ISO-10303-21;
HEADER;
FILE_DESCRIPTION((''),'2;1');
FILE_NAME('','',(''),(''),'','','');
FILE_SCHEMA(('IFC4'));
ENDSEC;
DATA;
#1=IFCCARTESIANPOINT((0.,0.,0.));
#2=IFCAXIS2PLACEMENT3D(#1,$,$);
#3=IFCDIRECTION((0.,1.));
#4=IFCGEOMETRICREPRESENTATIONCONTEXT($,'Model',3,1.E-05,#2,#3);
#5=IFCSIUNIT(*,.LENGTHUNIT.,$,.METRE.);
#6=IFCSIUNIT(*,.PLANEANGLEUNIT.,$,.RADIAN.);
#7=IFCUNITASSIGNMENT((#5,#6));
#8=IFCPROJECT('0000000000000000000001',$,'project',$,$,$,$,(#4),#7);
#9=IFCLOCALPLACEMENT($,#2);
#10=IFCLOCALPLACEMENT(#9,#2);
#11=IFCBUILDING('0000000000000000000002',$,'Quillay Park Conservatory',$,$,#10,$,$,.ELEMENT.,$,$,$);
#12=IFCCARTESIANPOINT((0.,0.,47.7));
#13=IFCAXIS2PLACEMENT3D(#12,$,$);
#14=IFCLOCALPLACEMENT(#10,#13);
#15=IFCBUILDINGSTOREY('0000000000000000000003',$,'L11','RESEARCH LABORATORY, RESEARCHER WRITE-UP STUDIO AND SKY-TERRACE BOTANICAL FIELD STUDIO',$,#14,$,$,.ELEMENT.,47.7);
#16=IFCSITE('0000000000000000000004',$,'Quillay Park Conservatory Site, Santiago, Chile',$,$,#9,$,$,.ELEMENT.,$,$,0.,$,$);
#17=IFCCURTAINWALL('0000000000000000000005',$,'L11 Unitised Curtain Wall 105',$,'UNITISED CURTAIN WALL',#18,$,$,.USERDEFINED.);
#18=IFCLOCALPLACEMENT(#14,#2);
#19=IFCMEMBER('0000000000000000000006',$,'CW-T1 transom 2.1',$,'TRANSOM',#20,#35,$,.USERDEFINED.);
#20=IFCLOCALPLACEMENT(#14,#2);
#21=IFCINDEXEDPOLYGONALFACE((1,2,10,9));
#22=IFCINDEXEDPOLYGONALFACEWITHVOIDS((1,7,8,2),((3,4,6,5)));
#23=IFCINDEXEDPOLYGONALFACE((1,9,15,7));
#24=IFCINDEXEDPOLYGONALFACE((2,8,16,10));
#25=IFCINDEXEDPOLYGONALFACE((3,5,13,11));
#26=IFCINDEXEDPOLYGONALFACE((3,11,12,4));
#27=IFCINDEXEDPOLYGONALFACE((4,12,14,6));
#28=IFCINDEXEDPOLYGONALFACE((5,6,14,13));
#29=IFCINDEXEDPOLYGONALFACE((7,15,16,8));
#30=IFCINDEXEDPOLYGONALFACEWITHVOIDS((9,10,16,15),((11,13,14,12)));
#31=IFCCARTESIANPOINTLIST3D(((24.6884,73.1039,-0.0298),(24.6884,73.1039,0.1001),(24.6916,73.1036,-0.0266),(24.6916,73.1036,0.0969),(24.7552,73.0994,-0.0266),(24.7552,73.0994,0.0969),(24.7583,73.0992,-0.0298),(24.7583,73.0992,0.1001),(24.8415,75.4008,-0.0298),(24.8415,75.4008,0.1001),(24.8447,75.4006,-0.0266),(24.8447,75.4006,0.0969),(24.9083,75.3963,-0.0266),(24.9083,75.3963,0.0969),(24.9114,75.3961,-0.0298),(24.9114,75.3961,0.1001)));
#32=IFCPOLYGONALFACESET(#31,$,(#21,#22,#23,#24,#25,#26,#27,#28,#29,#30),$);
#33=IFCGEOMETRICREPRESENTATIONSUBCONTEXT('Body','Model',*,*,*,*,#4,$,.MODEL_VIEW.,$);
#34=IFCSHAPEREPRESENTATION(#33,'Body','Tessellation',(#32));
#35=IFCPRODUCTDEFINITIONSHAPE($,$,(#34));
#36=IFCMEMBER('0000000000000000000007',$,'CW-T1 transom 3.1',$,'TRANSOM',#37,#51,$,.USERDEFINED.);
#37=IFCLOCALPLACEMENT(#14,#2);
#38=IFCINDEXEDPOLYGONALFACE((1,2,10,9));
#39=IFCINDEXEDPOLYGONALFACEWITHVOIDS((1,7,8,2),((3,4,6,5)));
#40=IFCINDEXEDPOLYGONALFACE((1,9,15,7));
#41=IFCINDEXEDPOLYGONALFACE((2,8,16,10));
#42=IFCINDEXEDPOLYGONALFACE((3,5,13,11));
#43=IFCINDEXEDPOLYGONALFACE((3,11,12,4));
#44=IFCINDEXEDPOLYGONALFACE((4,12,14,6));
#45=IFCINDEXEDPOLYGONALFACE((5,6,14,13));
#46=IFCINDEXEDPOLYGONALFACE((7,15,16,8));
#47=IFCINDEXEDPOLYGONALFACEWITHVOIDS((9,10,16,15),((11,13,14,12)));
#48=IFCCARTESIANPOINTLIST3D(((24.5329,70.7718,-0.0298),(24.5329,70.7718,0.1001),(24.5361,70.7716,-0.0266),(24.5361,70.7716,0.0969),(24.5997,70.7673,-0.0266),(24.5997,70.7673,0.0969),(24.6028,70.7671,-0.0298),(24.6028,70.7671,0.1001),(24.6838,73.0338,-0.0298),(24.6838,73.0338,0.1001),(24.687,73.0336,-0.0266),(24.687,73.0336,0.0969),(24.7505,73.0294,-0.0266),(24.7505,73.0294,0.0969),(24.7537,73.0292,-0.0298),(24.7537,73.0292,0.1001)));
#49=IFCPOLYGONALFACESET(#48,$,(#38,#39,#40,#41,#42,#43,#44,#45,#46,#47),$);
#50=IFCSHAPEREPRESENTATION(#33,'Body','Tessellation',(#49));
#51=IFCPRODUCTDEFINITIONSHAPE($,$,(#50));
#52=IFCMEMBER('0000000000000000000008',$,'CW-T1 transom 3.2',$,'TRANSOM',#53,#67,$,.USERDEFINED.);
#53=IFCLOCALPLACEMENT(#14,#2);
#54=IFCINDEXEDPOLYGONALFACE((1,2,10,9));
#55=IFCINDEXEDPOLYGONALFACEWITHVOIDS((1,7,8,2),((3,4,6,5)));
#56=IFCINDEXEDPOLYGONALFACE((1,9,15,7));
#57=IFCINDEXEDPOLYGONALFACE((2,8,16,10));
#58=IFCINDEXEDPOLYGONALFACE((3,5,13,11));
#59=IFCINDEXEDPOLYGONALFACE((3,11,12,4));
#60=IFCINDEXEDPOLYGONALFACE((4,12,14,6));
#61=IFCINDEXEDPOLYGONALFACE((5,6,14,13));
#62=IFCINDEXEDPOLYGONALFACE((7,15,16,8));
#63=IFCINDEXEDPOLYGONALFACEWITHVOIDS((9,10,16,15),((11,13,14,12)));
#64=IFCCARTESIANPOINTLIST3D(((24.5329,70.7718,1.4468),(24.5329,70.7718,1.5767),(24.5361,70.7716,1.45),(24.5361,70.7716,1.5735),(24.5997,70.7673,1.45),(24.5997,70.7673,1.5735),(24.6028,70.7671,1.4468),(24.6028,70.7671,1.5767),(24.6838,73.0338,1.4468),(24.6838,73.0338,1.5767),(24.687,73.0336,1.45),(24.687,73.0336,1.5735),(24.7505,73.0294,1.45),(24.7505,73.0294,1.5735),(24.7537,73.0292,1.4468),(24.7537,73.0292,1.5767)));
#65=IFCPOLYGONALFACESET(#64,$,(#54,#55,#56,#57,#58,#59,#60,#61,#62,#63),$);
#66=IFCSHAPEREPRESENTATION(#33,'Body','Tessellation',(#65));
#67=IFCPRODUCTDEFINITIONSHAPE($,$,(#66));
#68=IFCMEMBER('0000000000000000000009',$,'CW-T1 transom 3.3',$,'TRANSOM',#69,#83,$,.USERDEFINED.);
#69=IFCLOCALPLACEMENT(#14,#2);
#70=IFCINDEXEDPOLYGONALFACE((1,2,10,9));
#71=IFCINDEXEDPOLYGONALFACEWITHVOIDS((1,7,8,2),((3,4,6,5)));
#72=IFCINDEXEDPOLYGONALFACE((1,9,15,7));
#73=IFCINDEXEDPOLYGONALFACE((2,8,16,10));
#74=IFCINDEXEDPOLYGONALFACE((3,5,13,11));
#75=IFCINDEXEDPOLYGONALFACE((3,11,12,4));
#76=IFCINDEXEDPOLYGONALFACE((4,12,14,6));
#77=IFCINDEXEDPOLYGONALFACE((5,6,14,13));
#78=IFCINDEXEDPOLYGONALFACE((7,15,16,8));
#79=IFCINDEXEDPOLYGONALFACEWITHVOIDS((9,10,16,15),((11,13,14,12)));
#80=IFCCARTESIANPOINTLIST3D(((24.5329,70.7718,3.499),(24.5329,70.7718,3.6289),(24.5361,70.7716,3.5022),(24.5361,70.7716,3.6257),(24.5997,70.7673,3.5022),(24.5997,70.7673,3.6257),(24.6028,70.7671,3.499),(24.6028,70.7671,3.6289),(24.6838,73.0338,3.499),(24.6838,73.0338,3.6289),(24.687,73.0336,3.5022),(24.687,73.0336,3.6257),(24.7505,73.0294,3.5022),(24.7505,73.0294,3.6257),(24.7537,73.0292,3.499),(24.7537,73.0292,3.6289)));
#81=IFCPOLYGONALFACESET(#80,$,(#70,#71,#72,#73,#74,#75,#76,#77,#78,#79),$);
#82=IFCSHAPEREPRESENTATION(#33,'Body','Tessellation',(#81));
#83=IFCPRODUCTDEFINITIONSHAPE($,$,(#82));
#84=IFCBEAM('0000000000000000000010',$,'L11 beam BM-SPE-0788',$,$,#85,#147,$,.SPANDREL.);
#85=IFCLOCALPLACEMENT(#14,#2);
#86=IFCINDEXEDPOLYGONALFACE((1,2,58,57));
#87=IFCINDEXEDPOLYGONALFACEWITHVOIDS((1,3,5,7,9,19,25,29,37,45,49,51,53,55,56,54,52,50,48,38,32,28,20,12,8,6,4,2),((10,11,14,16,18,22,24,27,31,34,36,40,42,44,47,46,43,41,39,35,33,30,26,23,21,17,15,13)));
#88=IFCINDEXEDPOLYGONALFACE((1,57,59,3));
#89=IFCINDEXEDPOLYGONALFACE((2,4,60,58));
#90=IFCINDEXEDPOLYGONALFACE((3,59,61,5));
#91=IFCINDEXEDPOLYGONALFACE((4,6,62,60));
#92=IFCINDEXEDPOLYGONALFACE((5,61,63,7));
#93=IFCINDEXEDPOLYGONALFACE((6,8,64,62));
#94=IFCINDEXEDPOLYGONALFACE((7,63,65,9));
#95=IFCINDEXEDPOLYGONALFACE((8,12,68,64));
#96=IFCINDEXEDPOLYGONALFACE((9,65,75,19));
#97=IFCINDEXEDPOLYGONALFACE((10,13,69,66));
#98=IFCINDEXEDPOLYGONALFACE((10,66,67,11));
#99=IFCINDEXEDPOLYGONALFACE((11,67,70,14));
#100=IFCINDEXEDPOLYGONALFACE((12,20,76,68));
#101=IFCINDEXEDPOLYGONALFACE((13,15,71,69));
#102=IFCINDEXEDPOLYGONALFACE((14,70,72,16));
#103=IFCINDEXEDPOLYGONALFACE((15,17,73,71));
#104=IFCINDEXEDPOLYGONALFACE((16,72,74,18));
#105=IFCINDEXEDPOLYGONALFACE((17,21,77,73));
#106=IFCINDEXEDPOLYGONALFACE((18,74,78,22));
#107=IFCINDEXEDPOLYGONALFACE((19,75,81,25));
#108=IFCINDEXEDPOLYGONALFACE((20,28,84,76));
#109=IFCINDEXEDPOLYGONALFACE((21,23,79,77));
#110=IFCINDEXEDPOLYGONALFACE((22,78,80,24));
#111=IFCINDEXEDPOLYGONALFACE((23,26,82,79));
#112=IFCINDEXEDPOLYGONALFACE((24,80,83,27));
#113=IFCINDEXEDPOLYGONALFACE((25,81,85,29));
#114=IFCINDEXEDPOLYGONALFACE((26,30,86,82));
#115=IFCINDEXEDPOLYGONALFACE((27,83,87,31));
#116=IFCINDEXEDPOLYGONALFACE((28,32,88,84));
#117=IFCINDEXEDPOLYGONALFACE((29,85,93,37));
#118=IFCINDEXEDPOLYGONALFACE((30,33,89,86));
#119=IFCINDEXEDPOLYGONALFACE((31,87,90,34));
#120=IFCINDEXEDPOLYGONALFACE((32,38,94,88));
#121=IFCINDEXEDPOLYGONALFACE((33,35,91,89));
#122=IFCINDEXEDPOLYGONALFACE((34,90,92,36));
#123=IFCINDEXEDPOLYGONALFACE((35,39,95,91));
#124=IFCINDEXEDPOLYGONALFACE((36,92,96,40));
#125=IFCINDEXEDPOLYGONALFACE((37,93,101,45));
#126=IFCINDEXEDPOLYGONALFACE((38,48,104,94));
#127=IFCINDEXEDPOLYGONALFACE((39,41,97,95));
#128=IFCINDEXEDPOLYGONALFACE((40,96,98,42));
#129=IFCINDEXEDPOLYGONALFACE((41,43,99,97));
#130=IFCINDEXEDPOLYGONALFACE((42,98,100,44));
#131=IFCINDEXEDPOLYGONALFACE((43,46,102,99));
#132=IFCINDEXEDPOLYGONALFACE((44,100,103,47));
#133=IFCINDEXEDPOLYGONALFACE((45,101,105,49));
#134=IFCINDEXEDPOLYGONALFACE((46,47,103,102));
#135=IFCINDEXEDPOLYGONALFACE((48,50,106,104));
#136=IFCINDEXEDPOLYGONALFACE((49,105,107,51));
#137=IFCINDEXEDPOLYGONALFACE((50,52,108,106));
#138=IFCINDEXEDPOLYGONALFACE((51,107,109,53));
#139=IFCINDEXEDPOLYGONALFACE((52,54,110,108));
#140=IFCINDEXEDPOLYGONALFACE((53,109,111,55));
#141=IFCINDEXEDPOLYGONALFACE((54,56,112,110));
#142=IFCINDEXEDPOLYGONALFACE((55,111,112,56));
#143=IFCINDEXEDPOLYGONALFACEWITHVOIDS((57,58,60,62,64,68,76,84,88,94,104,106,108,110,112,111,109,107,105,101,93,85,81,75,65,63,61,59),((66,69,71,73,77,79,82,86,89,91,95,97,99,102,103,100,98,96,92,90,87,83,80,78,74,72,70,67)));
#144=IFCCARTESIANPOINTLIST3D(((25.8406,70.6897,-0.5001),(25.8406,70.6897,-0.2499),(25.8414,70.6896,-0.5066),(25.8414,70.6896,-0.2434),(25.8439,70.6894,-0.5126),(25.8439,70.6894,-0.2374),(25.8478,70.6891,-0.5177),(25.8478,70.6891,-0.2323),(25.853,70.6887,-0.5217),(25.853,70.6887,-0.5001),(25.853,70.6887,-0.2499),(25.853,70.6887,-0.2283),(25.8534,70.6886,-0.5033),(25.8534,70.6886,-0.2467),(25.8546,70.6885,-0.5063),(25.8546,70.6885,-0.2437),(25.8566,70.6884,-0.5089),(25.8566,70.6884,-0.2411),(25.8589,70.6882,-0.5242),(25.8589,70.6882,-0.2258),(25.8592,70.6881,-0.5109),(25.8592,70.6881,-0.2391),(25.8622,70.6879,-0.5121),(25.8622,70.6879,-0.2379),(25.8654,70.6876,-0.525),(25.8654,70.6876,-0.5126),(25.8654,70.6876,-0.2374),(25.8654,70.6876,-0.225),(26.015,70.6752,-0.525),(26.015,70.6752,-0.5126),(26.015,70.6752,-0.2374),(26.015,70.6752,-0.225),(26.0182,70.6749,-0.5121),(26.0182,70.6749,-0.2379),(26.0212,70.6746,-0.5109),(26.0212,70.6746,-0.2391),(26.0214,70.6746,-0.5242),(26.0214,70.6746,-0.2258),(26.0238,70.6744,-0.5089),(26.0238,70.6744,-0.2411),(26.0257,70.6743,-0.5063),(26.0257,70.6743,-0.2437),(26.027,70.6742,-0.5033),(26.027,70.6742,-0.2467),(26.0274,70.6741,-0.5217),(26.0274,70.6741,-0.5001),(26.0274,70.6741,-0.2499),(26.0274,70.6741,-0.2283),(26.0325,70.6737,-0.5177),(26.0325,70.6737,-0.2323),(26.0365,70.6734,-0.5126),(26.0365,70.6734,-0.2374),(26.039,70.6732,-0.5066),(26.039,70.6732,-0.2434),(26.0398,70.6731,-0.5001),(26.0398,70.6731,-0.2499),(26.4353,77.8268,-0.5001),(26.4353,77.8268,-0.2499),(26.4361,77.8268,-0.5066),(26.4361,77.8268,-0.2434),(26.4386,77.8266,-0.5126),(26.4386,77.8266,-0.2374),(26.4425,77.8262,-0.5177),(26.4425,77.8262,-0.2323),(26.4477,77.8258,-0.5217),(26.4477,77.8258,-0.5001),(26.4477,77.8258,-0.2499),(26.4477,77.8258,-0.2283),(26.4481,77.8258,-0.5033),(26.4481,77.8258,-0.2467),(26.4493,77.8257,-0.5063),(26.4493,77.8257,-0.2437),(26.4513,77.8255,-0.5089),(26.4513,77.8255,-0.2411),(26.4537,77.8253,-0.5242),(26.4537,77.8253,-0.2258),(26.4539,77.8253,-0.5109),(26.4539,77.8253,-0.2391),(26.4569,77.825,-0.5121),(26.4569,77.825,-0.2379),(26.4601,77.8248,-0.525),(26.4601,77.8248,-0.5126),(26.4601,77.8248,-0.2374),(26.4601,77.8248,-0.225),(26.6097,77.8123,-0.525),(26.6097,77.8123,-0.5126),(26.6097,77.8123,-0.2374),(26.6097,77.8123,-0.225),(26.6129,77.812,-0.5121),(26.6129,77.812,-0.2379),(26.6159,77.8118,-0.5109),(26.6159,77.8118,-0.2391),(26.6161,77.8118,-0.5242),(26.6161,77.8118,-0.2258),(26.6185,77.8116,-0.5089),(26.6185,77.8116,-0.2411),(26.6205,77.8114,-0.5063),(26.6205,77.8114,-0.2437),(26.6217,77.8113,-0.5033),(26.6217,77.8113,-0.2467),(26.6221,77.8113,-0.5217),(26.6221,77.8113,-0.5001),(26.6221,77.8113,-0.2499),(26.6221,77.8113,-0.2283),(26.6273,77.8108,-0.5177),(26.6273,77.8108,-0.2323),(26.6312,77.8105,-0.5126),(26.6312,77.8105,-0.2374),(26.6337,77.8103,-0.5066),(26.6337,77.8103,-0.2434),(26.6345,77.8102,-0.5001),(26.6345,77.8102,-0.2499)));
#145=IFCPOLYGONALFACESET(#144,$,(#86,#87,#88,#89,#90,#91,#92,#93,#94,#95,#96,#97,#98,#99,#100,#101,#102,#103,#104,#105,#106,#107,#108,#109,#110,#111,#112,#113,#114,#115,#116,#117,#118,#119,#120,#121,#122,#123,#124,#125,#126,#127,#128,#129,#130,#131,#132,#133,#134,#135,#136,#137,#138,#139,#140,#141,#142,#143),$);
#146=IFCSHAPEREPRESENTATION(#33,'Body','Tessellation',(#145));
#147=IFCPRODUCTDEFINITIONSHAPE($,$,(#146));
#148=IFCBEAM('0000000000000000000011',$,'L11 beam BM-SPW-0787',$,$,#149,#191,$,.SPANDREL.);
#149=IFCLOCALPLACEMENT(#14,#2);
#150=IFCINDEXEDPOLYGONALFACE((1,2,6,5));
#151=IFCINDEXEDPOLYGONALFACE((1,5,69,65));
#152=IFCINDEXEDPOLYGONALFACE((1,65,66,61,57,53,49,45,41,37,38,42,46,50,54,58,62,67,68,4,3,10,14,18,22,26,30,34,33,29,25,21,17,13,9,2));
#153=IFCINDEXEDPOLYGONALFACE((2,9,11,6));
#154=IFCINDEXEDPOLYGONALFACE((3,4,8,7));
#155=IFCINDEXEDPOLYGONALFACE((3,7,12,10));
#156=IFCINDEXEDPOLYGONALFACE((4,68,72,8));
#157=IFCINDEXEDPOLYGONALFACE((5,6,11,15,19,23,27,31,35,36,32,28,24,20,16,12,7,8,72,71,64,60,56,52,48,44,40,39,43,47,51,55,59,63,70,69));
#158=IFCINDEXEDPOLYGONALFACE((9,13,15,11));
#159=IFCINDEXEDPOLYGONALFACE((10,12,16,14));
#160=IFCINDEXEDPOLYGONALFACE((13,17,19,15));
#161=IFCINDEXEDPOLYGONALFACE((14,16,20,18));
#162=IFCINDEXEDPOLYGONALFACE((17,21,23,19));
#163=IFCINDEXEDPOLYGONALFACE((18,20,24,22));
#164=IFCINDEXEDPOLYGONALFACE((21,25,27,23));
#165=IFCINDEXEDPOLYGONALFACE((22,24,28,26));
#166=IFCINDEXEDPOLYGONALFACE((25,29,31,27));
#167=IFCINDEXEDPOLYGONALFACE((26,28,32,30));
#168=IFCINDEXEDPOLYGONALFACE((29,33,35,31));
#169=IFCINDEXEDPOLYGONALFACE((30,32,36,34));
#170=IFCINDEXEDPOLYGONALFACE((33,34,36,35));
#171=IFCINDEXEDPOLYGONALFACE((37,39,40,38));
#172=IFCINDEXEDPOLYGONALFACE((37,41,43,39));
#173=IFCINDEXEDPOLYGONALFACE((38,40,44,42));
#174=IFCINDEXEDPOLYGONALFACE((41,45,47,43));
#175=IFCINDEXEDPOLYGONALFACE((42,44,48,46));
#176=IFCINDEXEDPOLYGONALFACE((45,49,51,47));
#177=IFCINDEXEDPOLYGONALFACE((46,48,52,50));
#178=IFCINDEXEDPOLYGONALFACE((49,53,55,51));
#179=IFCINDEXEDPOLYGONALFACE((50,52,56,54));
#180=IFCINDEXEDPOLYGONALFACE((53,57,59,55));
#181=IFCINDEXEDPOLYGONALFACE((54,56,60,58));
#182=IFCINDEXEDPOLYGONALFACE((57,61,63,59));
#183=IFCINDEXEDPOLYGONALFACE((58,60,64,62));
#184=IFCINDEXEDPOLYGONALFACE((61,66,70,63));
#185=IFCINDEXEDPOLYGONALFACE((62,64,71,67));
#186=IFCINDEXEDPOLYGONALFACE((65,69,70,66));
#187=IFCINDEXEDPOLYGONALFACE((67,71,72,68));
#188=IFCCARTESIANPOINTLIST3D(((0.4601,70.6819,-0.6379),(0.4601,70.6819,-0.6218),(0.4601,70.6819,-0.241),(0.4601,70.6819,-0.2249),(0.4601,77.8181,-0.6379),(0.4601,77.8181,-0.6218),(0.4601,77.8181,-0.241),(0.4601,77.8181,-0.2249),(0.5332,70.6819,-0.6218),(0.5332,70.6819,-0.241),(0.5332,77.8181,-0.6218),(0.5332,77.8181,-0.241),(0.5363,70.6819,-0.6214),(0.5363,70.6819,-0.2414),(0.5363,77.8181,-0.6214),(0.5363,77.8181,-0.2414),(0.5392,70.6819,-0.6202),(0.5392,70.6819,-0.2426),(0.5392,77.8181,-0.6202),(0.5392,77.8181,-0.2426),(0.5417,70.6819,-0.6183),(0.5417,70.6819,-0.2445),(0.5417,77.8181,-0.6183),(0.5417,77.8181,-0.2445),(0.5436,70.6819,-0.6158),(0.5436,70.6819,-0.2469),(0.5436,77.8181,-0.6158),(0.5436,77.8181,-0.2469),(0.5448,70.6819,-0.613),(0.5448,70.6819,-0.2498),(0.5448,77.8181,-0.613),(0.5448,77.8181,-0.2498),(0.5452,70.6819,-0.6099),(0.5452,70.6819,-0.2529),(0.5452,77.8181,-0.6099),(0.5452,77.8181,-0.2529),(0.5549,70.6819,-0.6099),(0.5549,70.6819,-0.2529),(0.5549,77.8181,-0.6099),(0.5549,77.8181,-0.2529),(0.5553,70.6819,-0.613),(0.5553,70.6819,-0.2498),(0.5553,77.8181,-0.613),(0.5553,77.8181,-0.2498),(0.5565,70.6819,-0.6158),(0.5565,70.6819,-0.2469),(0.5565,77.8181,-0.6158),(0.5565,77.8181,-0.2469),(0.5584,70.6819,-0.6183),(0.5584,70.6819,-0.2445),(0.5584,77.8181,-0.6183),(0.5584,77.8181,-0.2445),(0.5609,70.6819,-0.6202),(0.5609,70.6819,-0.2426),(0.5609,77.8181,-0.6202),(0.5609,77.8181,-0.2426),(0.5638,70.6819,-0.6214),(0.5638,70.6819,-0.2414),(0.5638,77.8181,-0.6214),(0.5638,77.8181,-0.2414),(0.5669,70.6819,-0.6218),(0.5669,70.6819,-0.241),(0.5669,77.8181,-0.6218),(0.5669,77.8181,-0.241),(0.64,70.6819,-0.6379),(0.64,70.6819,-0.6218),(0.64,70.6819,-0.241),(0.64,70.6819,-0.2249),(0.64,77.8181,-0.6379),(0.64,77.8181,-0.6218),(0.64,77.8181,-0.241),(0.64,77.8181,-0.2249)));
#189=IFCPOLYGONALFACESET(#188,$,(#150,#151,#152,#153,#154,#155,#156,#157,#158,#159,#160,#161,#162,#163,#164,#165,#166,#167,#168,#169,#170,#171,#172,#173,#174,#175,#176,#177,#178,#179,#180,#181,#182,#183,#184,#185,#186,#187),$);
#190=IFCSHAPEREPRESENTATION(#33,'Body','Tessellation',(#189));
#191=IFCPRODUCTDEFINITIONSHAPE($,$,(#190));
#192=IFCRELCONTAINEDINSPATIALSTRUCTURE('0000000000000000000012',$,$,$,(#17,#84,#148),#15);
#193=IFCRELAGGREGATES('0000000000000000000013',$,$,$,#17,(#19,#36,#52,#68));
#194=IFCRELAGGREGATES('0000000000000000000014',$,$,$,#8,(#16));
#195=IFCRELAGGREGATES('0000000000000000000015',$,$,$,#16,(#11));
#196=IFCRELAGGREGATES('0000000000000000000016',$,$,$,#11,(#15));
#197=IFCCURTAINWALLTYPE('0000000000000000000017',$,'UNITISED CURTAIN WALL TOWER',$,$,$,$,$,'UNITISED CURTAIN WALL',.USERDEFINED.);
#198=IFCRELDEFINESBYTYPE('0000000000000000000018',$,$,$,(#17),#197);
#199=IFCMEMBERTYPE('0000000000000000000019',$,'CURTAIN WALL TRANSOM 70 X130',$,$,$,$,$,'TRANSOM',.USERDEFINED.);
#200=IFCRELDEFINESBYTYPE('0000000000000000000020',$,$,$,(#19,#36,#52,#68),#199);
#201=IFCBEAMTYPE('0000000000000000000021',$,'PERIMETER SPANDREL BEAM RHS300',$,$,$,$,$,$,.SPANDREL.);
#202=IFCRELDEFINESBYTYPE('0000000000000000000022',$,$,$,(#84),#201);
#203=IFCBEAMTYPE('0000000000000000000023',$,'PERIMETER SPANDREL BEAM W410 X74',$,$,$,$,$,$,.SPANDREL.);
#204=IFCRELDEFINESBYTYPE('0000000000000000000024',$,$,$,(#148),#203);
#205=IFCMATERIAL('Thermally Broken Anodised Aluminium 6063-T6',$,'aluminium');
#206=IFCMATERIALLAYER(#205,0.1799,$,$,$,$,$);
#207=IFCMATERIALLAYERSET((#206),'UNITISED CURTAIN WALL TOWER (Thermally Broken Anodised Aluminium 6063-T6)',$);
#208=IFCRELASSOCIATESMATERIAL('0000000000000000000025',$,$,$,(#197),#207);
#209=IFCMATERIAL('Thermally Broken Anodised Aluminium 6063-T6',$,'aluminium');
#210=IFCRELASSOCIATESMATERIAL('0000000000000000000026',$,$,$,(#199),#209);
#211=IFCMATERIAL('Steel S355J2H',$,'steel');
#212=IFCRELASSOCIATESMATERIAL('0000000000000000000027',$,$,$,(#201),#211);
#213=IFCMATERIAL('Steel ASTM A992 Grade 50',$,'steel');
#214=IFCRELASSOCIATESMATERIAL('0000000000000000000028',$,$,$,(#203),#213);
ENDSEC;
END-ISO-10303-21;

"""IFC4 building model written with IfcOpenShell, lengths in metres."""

from ifc_helpers import new_model, si_unit, direction, frame, origin, origin_2d, place, context, subcontext, project, spatial, hollow_rectangle, i_section, extrude, material, layer, layer_set, material_profile, profile_set, type_object, element, aggregate, save


model = new_model("IFC4")

# Units and contexts
model_context = context("Model", 3, precision=1e-05, world=origin(), true_north=direction((0.0, 1.0)))
body_context = subcontext(model_context, "Body", "Model", "MODEL_VIEW")
ifc_project = project(units=[si_unit("LENGTHUNIT", "METRE"), si_unit("PLANEANGLEUNIT", "RADIAN")], contexts=[model_context])

# Site, building, storey
site_placement = place(None, origin())
site = spatial("IfcSite", under=ifc_project, at=site_placement, Name="Quillay Park Conservatory Site, Santiago, Chile", CompositionType="ELEMENT", RefElevation=0.0)
building_placement = place(site_placement, origin())
building = spatial("IfcBuilding", under=site, at=building_placement, Name="Quillay Park Conservatory", CompositionType="ELEMENT")
storey_placement = place(building_placement, frame((0.0, 0.0, 47.7)))
storey = spatial("IfcBuildingStorey", under=building, at=storey_placement, Name="L11", Description="RESEARCH LABORATORY, RESEARCHER WRITE-UP STUDIO AND SKY-TERRACE BOTANICAL FIELD STUDIO", CompositionType="ELEMENT", Elevation=47.7)

# Curtain wall, members
ifc_material_1 = material(Name="Thermally Broken Anodised Aluminium 6063-T6", Category="aluminium")
ifc_layer_1 = layer(ifc_material_1, 0.1799)
ifc_layer_set_1 = layer_set([ifc_layer_1], Name="UNITISED CURTAIN WALL TOWER (Thermally Broken Anodised Aluminium 6063-T6)")
curtain_wall_type = type_object("IfcCurtainWallType", Name="UNITISED CURTAIN WALL TOWER", ElementType="UNITISED CURTAIN WALL", PredefinedType="USERDEFINED", material=ifc_layer_set_1)
curtain_wall_placement = place(storey_placement, origin())
curtain_wall = element("IfcCurtainWall", 1, at=curtain_wall_placement, inside=storey, type_object=curtain_wall_type, Name="L11 Unitised Curtain Wall 105", ObjectType="UNITISED CURTAIN WALL", PredefinedType="USERDEFINED")
ifc_material_2 = material(Name="Thermally Broken Anodised Aluminium 6063-T6", Category="aluminium")
ifc_material_profile_1 = material_profile(ifc_material_2, hollow_rectangle(XDim=0.0701, YDim=0.1299, WallThickness=0.0032, at=origin_2d()), Name="AL70x130x3.2")
ifc_profile_set_1 = profile_set([ifc_material_profile_1], Name="Thermally Broken Anodised Aluminium 6063-T6")
member_type_1 = type_object("IfcMemberType", Name="CURTAIN WALL TRANSOM 70 X130", ElementType="TRANSOM", PredefinedType="USERDEFINED", material=ifc_profile_set_1)
member_1_placement = place(storey_placement, frame((24.8765, 75.3984, 0.0352), z_axis=(-0.066498, -0.997787, 0.0), x_axis=(0.997787, -0.066498, 0.0)))
member_1 = element("IfcMember", 2, at=member_1_placement, type_object=member_type_1, Name="CW-T1 transom 2.1", ObjectType="TRANSOM", PredefinedType="USERDEFINED", context=body_context, shape_type="SweptSolid", body=[
    extrude(hollow_rectangle(XDim=0.0701, YDim=0.1299, WallThickness=0.0032, at=origin_2d()), origin(), (0.0, 0.0, 1.0), 2.302),
])
member_2_placement = place(storey_placement, frame((24.7188, 73.0315, 0.0352), z_axis=(-0.066555, -0.997783, 0.0), x_axis=(0.997783, -0.066555, 0.0)))
member_2 = element("IfcMember", 3, at=member_2_placement, type_object=member_type_1, Name="CW-T1 transom 3.1", ObjectType="TRANSOM", PredefinedType="USERDEFINED", context=body_context, shape_type="SweptSolid", body=[
    extrude(hollow_rectangle(XDim=0.0701, YDim=0.1299, WallThickness=0.0032, at=origin_2d()), origin(), (0.0, 0.0, 1.0), 2.2671),
])
member_3_placement = place(storey_placement, frame((24.7188, 73.0315, 1.5117), z_axis=(-0.066555, -0.997783, 0.0), x_axis=(0.997783, -0.066555, 0.0)))
member_3 = element("IfcMember", 4, at=member_3_placement, type_object=member_type_1, Name="CW-T1 transom 3.2", ObjectType="TRANSOM", PredefinedType="USERDEFINED", context=body_context, shape_type="SweptSolid", body=[
    extrude(hollow_rectangle(XDim=0.0701, YDim=0.1299, WallThickness=0.0032, at=origin_2d()), origin(), (0.0, 0.0, 1.0), 2.2671),
])
member_4_placement = place(storey_placement, frame((24.7188, 73.0315, 3.564), z_axis=(-0.066555, -0.997783, 0.0), x_axis=(0.997783, -0.066555, 0.0)))
member_4 = element("IfcMember", 5, at=member_4_placement, type_object=member_type_1, Name="CW-T1 transom 3.3", ObjectType="TRANSOM", PredefinedType="USERDEFINED", context=body_context, shape_type="SweptSolid", body=[
    extrude(hollow_rectangle(XDim=0.0701, YDim=0.1299, WallThickness=0.0032, at=origin_2d()), origin(), (0.0, 0.0, 1.0), 2.2671),
])

# Beams
ifc_material_3 = material(Name="Steel S355J2H", Category="steel")
ifc_material_profile_2 = material_profile(ifc_material_3, hollow_rectangle(XDim=0.2, YDim=0.3, WallThickness=0.0125, InnerFilletRadius=0.0125, OuterFilletRadius=0.0249, at=origin_2d()), Name="RHS300x200x12.5")
ifc_profile_set_2 = profile_set([ifc_material_profile_2], Name="Steel S355J2H")
beam_type_1 = type_object("IfcBeamType", Name="PERIMETER SPANDREL BEAM RHS300", PredefinedType="SPANDREL", material=ifc_profile_set_2)
beam_1_placement = place(storey_placement, frame((25.9402, 70.6814, -0.375), z_axis=(0.08304, 0.996546, 0.0), x_axis=(-0.996546, 0.08304, 0.0)))
element("IfcBeam", 6, at=beam_1_placement, inside=storey, type_object=beam_type_1, Name="L11 beam BM-SPE-0788", PredefinedType="SPANDREL", context=body_context, shape_type="SweptSolid", body=[
    extrude(hollow_rectangle(XDim=0.2, YDim=0.3, WallThickness=0.0125, InnerFilletRadius=0.0125, OuterFilletRadius=0.0249, at=origin_2d()), origin(), (0.0, 0.0, 1.0), 7.1619),
])
ifc_material_4 = material(Name="Steel ASTM A992 Grade 50", Category="steel")
ifc_material_profile_3 = material_profile(ifc_material_4, i_section(OverallWidth=0.1799, OverallDepth=0.4131, WebThickness=0.0098, FlangeThickness=0.0161, FilletRadius=0.012, at=origin_2d()), Name="W410x74")
ifc_profile_set_3 = profile_set([ifc_material_profile_3], Name="Steel ASTM A992 Grade 50")
beam_type_2 = type_object("IfcBeamType", Name="PERIMETER SPANDREL BEAM W410 X74", PredefinedType="SPANDREL", material=ifc_profile_set_3)
beam_2_placement = place(storey_placement, frame((0.55, 70.6819, -0.4314), z_axis=(0.0, 1.0, 0.0), x_axis=(-1.0, 0.0, 0.0)))
element("IfcBeam", 7, at=beam_2_placement, inside=storey, type_object=beam_type_2, Name="L11 beam BM-SPW-0787", PredefinedType="SPANDREL", context=body_context, shape_type="SweptSolid", body=[
    extrude(i_section(OverallWidth=0.1799, OverallDepth=0.4131, WebThickness=0.0098, FlangeThickness=0.0161, FilletRadius=0.012, at=origin_2d()), origin(), (0.0, 0.0, 1.0), 7.1362),
])

aggregate(curtain_wall, [member_1, member_2, member_3, member_4])

save(model, "model.ifc")
